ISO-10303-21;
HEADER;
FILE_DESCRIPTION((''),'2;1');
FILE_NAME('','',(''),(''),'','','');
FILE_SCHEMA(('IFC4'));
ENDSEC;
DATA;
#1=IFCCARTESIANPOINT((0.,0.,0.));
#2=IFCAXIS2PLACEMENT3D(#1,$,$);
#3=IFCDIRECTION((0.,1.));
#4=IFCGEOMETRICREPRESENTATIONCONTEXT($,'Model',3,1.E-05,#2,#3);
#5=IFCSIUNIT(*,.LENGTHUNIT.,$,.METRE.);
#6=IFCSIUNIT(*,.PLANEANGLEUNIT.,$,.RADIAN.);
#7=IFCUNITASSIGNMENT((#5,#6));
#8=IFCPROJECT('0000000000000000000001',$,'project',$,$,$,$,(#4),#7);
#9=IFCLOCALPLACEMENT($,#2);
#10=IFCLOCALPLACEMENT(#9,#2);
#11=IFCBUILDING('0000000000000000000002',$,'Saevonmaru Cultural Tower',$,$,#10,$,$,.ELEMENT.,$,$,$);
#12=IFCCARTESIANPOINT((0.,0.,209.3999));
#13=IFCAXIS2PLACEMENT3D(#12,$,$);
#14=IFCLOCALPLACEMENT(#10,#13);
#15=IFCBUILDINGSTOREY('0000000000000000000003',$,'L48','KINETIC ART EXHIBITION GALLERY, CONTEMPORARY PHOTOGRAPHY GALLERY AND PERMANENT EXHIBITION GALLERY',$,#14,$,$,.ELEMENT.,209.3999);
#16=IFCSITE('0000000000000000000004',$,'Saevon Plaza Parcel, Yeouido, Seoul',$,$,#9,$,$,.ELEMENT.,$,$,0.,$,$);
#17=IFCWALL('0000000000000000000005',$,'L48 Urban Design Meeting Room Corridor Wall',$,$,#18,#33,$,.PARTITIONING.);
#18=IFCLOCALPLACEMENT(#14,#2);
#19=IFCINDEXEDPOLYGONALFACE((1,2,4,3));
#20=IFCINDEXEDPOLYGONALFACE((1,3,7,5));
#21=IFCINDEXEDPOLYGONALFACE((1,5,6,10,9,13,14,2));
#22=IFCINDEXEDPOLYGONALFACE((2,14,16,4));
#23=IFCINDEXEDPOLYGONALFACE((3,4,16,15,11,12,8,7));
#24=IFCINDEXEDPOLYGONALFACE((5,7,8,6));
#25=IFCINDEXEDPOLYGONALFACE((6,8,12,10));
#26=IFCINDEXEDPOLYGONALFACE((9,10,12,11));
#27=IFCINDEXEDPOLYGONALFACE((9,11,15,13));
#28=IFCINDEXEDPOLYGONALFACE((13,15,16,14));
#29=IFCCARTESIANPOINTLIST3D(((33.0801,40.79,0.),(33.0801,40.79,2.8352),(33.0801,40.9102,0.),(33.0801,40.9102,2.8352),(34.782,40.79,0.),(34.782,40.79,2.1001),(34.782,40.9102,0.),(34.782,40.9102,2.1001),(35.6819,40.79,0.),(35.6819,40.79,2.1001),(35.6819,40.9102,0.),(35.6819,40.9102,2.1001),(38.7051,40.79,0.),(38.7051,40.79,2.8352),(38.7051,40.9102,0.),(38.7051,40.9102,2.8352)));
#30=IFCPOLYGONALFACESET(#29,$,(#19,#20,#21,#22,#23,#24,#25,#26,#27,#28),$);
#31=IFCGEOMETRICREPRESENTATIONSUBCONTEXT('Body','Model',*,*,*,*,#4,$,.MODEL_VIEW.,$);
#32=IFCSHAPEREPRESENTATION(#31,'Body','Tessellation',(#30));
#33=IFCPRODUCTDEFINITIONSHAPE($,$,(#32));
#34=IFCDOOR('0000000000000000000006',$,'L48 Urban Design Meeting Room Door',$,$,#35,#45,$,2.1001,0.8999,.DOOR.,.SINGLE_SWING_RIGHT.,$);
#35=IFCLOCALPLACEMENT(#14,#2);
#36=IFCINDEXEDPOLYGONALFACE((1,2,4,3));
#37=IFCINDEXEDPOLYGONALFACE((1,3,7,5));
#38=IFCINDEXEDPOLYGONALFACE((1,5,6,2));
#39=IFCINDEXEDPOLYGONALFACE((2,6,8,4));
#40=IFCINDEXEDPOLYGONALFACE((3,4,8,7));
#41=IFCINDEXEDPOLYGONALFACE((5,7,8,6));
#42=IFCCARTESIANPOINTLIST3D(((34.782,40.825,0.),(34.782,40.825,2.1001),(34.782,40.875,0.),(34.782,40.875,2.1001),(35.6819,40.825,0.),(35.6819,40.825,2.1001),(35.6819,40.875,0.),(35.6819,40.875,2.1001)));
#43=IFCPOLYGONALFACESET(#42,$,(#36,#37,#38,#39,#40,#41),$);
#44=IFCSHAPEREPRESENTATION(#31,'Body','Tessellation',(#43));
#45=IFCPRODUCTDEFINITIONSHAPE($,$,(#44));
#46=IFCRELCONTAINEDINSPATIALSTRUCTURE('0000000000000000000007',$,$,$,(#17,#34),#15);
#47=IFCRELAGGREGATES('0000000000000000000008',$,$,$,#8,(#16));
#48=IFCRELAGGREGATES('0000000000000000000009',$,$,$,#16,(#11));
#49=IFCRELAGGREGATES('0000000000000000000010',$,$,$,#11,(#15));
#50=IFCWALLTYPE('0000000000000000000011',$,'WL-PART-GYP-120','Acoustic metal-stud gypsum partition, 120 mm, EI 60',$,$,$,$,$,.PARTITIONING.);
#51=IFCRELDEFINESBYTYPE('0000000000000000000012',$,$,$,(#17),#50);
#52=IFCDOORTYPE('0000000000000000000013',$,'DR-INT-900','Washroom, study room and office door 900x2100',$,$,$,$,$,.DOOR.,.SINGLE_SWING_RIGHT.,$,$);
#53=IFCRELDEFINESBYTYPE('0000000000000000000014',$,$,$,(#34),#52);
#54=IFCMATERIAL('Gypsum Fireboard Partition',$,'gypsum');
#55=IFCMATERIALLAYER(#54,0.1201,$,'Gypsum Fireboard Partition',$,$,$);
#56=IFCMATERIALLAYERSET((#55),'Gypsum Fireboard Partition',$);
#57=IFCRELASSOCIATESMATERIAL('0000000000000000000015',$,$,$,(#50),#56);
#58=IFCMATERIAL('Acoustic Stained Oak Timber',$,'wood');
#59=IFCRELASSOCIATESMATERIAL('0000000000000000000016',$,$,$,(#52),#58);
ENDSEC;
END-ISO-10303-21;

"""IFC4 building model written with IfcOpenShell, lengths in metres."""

from ifc_helpers import new_model, si_unit, direction, frame, frame_2d, origin, place, context, subcontext, project, spatial, rectangle, extrude, material, layer, layer_set, type_object, element, fill, save


model = new_model("IFC4")

# Units and contexts
model_context = context("Model", 3, precision=1e-05, world=origin(), true_north=direction((0.0, 1.0)))
body_context = subcontext(model_context, "Body", "Model", "MODEL_VIEW")
ifc_project = project(units=[si_unit("LENGTHUNIT", "METRE"), si_unit("PLANEANGLEUNIT", "RADIAN")], contexts=[model_context])

# Site, building, storey
site_placement = place(None, origin())
site = spatial("IfcSite", under=ifc_project, at=site_placement, Name="Saevon Plaza Parcel, Yeouido, Seoul", CompositionType="ELEMENT", RefElevation=0.0)
building_placement = place(site_placement, origin())
building = spatial("IfcBuilding", under=site, at=building_placement, Name="Saevonmaru Cultural Tower", CompositionType="ELEMENT")
storey_placement = place(building_placement, frame((0.0, 0.0, 209.3999)))
storey = spatial("IfcBuildingStorey", under=building, at=storey_placement, Name="L48", Description="KINETIC ART EXHIBITION GALLERY, CONTEMPORARY PHOTOGRAPHY GALLERY AND PERMANENT EXHIBITION GALLERY", CompositionType="ELEMENT", Elevation=209.3999)

# Shared definitions
ifc_material_1 = material(Name="Gypsum Fireboard Partition", Category="gypsum")

# Shared definitions
ifc_layer_1 = layer(ifc_material_1, 0.1201, Name="Gypsum Fireboard Partition")
ifc_layer_set_1 = layer_set([ifc_layer_1], Name="Gypsum Fireboard Partition")
wall_type_1 = type_object("IfcWallType", Name="WL-PART-GYP-120", Description="Acoustic metal-stud gypsum partition, 120 mm, EI 60", PredefinedType="PARTITIONING", material=ifc_layer_set_1)

# Wall, opening, door
wall_1_placement = place(storey_placement, frame((33.0801, 40.8501, 0.0), z_axis=(0.0, 0.0, 1.0), x_axis=(1.0, 0.0, 0.0)))
wall_1 = element("IfcWall", 1, at=wall_1_placement, inside=storey, type_object=wall_type_1, Name="L48 Urban Design Meeting Room Corridor Wall", PredefinedType="PARTITIONING", context=body_context, shape_type="SweptSolid", body=[
    extrude(rectangle(XDim=5.625, YDim=0.1201, at=frame_2d((2.8125, 0.0))), origin(), (0.0, 0.0, 1.0), 2.8352),
])
opening_1_placement = place(wall_1_placement, frame((1.7019, 0.0, 0.0)))
opening_1 = element("IfcOpeningElement", 2, at=opening_1_placement, cuts=wall_1, PredefinedType="OPENING", context=body_context, shape_type="SweptSolid", body=[
    extrude(rectangle(XDim=0.8999, YDim=2.1001, at=frame_2d((0.45, 1.05))), frame((0.0, 0.0701, 0.0), z_axis=(0.0, -1.0, 0.0), x_axis=(1.0, 0.0, 0.0)), (0.0, 0.0, 1.0), 0.1401),
])
ifc_material_2 = material(Name="Acoustic Stained Oak Timber", Category="wood")
door_type_1 = type_object("IfcDoorType", Name="DR-INT-900", Description="Washroom, study room and office door 900x2100", OperationType="SINGLE_SWING_RIGHT", PredefinedType="DOOR", material=ifc_material_2)
door_1_placement = place(opening_1_placement, origin())
door_1 = element("IfcDoor", 3, at=door_1_placement, inside=storey, type_object=door_type_1, Name="L48 Urban Design Meeting Room Door", OperationType="SINGLE_SWING_RIGHT", OverallHeight=2.1001, OverallWidth=0.8999, PredefinedType="DOOR", context=body_context, shape_type="SweptSolid", body=[
    extrude(rectangle(XDim=0.8999, YDim=2.1001, at=frame_2d((0.45, 1.05))), frame((0.0, 0.0249, 0.0), z_axis=(0.0, -1.0, 0.0), x_axis=(1.0, 0.0, 0.0)), (0.0, 0.0, 1.0), 0.05),
])
fill(opening_1, door_1)

save(model, "model.ifc")
